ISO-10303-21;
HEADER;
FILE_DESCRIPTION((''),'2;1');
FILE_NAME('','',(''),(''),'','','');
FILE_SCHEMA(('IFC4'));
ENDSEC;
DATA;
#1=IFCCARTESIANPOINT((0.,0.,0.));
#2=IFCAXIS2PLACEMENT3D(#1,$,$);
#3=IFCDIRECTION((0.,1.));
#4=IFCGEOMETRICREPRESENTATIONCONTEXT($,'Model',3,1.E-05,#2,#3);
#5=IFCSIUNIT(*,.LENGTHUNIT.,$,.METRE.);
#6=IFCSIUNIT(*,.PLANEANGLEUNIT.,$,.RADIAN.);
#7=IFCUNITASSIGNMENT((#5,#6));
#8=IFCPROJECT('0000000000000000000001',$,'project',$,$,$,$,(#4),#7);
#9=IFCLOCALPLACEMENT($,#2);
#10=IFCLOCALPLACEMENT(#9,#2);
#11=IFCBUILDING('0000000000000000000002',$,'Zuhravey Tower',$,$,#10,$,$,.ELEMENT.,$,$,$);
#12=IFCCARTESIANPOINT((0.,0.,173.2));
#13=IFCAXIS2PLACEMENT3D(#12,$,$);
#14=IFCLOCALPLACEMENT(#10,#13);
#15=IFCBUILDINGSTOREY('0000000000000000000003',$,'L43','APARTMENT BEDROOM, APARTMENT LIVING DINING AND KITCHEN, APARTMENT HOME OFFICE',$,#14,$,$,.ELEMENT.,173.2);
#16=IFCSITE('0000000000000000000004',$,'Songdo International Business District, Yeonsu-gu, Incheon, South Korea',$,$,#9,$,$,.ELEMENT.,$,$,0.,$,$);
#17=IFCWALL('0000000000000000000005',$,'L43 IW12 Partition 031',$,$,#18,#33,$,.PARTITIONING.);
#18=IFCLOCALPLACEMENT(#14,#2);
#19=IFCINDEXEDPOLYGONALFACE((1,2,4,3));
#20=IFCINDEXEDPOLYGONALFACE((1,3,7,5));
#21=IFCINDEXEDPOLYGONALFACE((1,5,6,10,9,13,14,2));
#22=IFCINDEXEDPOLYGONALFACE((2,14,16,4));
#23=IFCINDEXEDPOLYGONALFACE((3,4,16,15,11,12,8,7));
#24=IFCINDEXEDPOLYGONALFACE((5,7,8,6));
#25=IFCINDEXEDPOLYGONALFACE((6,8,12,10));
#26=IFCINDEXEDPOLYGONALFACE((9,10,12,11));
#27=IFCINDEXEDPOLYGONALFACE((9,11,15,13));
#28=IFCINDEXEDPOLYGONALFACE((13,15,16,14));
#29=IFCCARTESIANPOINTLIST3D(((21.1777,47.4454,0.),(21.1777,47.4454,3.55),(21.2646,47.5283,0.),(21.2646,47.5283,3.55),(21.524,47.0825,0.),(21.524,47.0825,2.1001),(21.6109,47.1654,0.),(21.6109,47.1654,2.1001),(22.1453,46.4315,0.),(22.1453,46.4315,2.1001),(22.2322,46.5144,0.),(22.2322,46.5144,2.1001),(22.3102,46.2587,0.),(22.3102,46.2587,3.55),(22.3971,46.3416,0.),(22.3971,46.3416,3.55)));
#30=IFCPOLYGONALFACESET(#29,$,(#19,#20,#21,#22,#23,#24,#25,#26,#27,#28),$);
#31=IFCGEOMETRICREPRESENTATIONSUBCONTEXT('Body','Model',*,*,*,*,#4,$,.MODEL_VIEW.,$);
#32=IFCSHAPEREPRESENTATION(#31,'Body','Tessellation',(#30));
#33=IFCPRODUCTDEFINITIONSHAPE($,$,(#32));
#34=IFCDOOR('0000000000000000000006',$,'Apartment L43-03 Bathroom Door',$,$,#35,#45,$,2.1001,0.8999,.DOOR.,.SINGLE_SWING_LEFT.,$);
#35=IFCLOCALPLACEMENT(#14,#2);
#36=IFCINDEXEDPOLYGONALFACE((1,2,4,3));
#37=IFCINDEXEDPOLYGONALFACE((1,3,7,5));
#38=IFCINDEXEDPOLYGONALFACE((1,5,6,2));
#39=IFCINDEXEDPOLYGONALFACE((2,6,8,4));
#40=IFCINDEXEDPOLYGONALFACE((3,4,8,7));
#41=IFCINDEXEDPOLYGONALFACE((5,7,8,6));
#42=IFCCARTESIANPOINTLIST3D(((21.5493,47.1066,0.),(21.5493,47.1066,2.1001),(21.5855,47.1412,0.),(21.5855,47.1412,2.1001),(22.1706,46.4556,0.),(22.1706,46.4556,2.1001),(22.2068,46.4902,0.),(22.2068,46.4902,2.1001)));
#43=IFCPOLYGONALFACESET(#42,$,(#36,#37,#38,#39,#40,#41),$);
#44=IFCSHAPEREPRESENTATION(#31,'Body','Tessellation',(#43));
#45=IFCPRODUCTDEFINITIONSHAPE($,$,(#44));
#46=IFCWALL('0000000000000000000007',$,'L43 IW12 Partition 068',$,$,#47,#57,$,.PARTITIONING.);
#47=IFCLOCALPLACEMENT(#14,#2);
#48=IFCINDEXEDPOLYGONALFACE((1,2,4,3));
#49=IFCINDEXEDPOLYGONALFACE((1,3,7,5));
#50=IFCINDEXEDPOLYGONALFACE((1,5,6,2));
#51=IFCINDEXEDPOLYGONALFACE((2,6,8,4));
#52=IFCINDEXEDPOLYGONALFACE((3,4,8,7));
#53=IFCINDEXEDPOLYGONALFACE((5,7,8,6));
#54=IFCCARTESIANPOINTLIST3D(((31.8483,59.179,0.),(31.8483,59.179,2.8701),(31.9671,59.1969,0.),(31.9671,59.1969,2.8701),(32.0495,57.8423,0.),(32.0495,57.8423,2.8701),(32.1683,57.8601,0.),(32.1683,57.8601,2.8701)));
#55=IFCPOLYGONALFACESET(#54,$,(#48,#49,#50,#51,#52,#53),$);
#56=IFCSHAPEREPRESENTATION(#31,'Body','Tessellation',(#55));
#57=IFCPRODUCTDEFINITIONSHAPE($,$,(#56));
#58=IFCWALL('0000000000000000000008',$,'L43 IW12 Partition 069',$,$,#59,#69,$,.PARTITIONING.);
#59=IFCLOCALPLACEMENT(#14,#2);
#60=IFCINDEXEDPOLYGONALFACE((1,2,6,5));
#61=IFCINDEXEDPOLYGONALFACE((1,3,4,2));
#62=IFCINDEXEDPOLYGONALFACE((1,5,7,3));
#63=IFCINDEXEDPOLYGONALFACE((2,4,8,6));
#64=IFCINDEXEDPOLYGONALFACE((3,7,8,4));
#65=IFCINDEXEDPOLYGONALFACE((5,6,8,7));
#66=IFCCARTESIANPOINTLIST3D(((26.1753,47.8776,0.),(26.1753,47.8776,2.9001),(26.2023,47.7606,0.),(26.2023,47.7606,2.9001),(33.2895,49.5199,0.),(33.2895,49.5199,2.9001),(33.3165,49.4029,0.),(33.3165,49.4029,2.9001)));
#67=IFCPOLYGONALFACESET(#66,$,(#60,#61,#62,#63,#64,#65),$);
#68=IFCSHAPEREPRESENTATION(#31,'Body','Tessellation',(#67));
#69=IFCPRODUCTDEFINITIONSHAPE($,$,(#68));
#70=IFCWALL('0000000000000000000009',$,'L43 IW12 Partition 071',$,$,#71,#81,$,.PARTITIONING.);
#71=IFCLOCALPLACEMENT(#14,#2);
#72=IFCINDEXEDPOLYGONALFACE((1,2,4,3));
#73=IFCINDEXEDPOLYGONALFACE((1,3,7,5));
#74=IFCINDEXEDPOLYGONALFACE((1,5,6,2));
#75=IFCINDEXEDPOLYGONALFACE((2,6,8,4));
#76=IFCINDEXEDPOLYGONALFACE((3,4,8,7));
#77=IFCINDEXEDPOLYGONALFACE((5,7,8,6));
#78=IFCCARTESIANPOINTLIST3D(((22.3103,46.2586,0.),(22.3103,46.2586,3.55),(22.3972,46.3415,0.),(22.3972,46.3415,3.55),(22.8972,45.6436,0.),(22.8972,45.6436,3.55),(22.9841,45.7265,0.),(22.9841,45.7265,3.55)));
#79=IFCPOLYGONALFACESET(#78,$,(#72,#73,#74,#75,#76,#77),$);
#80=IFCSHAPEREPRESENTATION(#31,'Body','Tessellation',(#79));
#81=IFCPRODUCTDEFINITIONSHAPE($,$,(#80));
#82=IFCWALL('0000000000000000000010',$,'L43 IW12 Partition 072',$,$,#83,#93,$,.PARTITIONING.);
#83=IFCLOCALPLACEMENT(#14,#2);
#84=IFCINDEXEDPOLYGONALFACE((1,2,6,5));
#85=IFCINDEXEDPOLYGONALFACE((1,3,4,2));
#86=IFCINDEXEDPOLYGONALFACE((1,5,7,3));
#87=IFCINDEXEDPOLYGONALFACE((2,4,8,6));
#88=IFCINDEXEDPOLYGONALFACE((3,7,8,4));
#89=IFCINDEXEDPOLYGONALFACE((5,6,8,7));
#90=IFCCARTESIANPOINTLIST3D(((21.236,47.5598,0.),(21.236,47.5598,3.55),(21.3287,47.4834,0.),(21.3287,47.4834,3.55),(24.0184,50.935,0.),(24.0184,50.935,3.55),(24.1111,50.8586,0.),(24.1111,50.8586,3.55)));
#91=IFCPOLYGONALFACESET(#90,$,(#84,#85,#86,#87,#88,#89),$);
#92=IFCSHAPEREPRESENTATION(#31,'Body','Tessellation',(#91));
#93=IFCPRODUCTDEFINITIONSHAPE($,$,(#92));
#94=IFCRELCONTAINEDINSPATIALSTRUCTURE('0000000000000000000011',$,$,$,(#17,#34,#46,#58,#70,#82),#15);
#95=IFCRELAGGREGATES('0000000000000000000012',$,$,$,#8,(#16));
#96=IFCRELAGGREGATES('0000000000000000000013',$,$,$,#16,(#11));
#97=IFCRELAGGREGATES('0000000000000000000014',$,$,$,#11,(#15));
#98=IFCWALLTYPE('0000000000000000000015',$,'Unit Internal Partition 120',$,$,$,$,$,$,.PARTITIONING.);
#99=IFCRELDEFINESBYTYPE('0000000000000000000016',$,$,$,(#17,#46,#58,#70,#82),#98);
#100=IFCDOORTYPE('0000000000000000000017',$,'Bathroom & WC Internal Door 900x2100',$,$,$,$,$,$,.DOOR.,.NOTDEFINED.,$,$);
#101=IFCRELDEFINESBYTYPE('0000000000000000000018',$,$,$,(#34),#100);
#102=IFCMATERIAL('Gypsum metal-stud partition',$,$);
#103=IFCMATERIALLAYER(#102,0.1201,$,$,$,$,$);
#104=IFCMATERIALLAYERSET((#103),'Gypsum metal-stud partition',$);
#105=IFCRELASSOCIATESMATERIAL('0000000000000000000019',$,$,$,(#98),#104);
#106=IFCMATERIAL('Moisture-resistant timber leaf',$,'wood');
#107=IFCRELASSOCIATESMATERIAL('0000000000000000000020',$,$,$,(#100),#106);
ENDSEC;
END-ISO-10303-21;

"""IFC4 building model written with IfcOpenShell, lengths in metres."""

from ifc_helpers import new_model, si_unit, direction, frame, frame_2d, origin, place, context, subcontext, project, spatial, rectangle, extrude, material, layer, layer_set, type_object, element, fill, save


model = new_model("IFC4")

# Units and contexts
model_context = context("Model", 3, precision=1e-05, world=origin(), true_north=direction((0.0, 1.0)))
body_context = subcontext(model_context, "Body", "Model", "MODEL_VIEW")
ifc_project = project(units=[si_unit("LENGTHUNIT", "METRE"), si_unit("PLANEANGLEUNIT", "RADIAN")], contexts=[model_context])

# Site, building, storey
site_placement = place(None, origin())
site = spatial("IfcSite", under=ifc_project, at=site_placement, Name="Songdo International Business District, Yeonsu-gu, Incheon, South Korea", CompositionType="ELEMENT", RefElevation=0.0)
building_placement = place(site_placement, origin())
building = spatial("IfcBuilding", under=site, at=building_placement, Name="Zuhravey Tower", CompositionType="ELEMENT")
storey_placement = place(building_placement, frame((0.0, 0.0, 173.2)))
storey = spatial("IfcBuildingStorey", under=building, at=storey_placement, Name="L43", Description="APARTMENT BEDROOM, APARTMENT LIVING DINING AND KITCHEN, APARTMENT HOME OFFICE", CompositionType="ELEMENT", Elevation=173.2)

# Wall, opening, door
ifc_material_1 = material(Name="Gypsum metal-stud partition")
ifc_layer_1 = layer(ifc_material_1, 0.1201)
ifc_layer_set_1 = layer_set([ifc_layer_1], Name="Gypsum metal-stud partition")
wall_type_1 = type_object("IfcWallType", Name="Unit Internal Partition 120", PredefinedType="PARTITIONING", material=ifc_layer_set_1)
wall_1_placement = place(storey_placement, frame((22.3538, 46.3, 0.0), z_axis=(0.0, 0.0, 1.0), x_axis=(-0.690394, 0.723433, 0.0)))
wall_1 = element("IfcWall", 1, at=wall_1_placement, inside=storey, type_object=wall_type_1, Name="L43 IW12 Partition 031", PredefinedType="PARTITIONING", context=body_context, shape_type="SweptSolid", body=[
    extrude(rectangle(XDim=1.6404, YDim=0.1201, at=frame_2d((0.8203, 0.0))), origin(), (0.0, 0.0, 1.0), 3.55),
])
opening_1_placement = place(wall_1_placement, frame((0.239, 0.0, 0.0)))
opening_1 = element("IfcOpeningElement", 2, at=opening_1_placement, cuts=wall_1, PredefinedType="OPENING", context=body_context, shape_type="SweptSolid", body=[
    extrude(rectangle(XDim=0.8999, YDim=2.1001, at=frame_2d((0.45, 1.05))), frame((0.0, 0.072, 0.0), z_axis=(0.0, -1.0, 0.0), x_axis=(1.0, 0.0, 0.0)), (0.0, 0.0, 1.0), 0.144),
])
ifc_material_2 = material(Name="Moisture-resistant timber leaf", Category="wood")
door_type_1 = type_object("IfcDoorType", Name="Bathroom & WC Internal Door 900x2100", OperationType="NOTDEFINED", PredefinedType="DOOR", material=ifc_material_2)
door_1_placement = place(opening_1_placement, frame((0.8999, 0.0, 0.0), z_axis=(0.0, 0.0, 1.0), x_axis=(-1.0, 0.0, 0.0)))
door_1 = element("IfcDoor", 3, at=door_1_placement, inside=storey, type_object=door_type_1, Name="Apartment L43-03 Bathroom Door", OperationType="SINGLE_SWING_LEFT", OverallHeight=2.1001, OverallWidth=0.8999, PredefinedType="DOOR", context=body_context, shape_type="SweptSolid", body=[
    extrude(rectangle(XDim=0.8999, YDim=2.1001, at=frame_2d((0.45, 1.05))), frame((0.0, 0.0249, 0.0), z_axis=(0.0, -1.0, 0.0), x_axis=(1.0, 0.0, 0.0)), (0.0, 0.0, 1.0), 0.05),
])
fill(opening_1, door_1)

# Walls
wall_2_placement = place(storey_placement, frame((32.1089, 57.8513, 0.0), z_axis=(0.0, 0.0, 1.0), x_axis=(-0.148826, 0.988863, 0.0)))
element("IfcWall", 4, at=wall_2_placement, inside=storey, type_object=wall_type_1, Name="L43 IW12 Partition 068", PredefinedType="PARTITIONING", context=body_context, shape_type="SweptSolid", body=[
    extrude(rectangle(XDim=1.3518, YDim=0.1201, at=frame_2d((0.6758, 0.0))), origin(), (0.0, 0.0, 1.0), 2.8701),
])
wall_3_placement = place(storey_placement, frame((33.303, 49.4614, 0.0), z_axis=(0.0, 0.0, 1.0), x_axis=(-0.974374, -0.224935, 0.0)))
element("IfcWall", 5, at=wall_3_placement, inside=storey, type_object=wall_type_1, Name="L43 IW12 Partition 069", PredefinedType="PARTITIONING", context=body_context, shape_type="SweptSolid", body=[
    extrude(rectangle(XDim=7.3013, YDim=0.1201, at=frame_2d((3.6506, 0.0))), origin(), (0.0, 0.0, 1.0), 2.9001),
])
wall_4_placement = place(storey_placement, frame((22.9407, 45.6851, 0.0), z_axis=(0.0, 0.0, 1.0), x_axis=(-0.690401, 0.723427, 0.0)))
element("IfcWall", 6, at=wall_4_placement, inside=storey, type_object=wall_type_1, Name="L43 IW12 Partition 071", PredefinedType="PARTITIONING", context=body_context, shape_type="SweptSolid", body=[
    extrude(rectangle(XDim=0.8501, YDim=0.1201, at=frame_2d((0.425, 0.0))), origin(), (0.0, 0.0, 1.0), 3.55),
])
wall_5_placement = place(storey_placement, frame((24.0647, 50.8967, 0.0), z_axis=(0.0, 0.0, 1.0), x_axis=(-0.636096, -0.77161, 0.0)))
element("IfcWall", 7, at=wall_5_placement, inside=storey, type_object=wall_type_1, Name="L43 IW12 Partition 072", PredefinedType="PARTITIONING", context=body_context, shape_type="SweptSolid", body=[
    extrude(rectangle(XDim=4.3743, YDim=0.1201, at=frame_2d((2.187, 0.0))), origin(), (0.0, 0.0, 1.0), 3.55),
])

save(model, "model.ifc")
